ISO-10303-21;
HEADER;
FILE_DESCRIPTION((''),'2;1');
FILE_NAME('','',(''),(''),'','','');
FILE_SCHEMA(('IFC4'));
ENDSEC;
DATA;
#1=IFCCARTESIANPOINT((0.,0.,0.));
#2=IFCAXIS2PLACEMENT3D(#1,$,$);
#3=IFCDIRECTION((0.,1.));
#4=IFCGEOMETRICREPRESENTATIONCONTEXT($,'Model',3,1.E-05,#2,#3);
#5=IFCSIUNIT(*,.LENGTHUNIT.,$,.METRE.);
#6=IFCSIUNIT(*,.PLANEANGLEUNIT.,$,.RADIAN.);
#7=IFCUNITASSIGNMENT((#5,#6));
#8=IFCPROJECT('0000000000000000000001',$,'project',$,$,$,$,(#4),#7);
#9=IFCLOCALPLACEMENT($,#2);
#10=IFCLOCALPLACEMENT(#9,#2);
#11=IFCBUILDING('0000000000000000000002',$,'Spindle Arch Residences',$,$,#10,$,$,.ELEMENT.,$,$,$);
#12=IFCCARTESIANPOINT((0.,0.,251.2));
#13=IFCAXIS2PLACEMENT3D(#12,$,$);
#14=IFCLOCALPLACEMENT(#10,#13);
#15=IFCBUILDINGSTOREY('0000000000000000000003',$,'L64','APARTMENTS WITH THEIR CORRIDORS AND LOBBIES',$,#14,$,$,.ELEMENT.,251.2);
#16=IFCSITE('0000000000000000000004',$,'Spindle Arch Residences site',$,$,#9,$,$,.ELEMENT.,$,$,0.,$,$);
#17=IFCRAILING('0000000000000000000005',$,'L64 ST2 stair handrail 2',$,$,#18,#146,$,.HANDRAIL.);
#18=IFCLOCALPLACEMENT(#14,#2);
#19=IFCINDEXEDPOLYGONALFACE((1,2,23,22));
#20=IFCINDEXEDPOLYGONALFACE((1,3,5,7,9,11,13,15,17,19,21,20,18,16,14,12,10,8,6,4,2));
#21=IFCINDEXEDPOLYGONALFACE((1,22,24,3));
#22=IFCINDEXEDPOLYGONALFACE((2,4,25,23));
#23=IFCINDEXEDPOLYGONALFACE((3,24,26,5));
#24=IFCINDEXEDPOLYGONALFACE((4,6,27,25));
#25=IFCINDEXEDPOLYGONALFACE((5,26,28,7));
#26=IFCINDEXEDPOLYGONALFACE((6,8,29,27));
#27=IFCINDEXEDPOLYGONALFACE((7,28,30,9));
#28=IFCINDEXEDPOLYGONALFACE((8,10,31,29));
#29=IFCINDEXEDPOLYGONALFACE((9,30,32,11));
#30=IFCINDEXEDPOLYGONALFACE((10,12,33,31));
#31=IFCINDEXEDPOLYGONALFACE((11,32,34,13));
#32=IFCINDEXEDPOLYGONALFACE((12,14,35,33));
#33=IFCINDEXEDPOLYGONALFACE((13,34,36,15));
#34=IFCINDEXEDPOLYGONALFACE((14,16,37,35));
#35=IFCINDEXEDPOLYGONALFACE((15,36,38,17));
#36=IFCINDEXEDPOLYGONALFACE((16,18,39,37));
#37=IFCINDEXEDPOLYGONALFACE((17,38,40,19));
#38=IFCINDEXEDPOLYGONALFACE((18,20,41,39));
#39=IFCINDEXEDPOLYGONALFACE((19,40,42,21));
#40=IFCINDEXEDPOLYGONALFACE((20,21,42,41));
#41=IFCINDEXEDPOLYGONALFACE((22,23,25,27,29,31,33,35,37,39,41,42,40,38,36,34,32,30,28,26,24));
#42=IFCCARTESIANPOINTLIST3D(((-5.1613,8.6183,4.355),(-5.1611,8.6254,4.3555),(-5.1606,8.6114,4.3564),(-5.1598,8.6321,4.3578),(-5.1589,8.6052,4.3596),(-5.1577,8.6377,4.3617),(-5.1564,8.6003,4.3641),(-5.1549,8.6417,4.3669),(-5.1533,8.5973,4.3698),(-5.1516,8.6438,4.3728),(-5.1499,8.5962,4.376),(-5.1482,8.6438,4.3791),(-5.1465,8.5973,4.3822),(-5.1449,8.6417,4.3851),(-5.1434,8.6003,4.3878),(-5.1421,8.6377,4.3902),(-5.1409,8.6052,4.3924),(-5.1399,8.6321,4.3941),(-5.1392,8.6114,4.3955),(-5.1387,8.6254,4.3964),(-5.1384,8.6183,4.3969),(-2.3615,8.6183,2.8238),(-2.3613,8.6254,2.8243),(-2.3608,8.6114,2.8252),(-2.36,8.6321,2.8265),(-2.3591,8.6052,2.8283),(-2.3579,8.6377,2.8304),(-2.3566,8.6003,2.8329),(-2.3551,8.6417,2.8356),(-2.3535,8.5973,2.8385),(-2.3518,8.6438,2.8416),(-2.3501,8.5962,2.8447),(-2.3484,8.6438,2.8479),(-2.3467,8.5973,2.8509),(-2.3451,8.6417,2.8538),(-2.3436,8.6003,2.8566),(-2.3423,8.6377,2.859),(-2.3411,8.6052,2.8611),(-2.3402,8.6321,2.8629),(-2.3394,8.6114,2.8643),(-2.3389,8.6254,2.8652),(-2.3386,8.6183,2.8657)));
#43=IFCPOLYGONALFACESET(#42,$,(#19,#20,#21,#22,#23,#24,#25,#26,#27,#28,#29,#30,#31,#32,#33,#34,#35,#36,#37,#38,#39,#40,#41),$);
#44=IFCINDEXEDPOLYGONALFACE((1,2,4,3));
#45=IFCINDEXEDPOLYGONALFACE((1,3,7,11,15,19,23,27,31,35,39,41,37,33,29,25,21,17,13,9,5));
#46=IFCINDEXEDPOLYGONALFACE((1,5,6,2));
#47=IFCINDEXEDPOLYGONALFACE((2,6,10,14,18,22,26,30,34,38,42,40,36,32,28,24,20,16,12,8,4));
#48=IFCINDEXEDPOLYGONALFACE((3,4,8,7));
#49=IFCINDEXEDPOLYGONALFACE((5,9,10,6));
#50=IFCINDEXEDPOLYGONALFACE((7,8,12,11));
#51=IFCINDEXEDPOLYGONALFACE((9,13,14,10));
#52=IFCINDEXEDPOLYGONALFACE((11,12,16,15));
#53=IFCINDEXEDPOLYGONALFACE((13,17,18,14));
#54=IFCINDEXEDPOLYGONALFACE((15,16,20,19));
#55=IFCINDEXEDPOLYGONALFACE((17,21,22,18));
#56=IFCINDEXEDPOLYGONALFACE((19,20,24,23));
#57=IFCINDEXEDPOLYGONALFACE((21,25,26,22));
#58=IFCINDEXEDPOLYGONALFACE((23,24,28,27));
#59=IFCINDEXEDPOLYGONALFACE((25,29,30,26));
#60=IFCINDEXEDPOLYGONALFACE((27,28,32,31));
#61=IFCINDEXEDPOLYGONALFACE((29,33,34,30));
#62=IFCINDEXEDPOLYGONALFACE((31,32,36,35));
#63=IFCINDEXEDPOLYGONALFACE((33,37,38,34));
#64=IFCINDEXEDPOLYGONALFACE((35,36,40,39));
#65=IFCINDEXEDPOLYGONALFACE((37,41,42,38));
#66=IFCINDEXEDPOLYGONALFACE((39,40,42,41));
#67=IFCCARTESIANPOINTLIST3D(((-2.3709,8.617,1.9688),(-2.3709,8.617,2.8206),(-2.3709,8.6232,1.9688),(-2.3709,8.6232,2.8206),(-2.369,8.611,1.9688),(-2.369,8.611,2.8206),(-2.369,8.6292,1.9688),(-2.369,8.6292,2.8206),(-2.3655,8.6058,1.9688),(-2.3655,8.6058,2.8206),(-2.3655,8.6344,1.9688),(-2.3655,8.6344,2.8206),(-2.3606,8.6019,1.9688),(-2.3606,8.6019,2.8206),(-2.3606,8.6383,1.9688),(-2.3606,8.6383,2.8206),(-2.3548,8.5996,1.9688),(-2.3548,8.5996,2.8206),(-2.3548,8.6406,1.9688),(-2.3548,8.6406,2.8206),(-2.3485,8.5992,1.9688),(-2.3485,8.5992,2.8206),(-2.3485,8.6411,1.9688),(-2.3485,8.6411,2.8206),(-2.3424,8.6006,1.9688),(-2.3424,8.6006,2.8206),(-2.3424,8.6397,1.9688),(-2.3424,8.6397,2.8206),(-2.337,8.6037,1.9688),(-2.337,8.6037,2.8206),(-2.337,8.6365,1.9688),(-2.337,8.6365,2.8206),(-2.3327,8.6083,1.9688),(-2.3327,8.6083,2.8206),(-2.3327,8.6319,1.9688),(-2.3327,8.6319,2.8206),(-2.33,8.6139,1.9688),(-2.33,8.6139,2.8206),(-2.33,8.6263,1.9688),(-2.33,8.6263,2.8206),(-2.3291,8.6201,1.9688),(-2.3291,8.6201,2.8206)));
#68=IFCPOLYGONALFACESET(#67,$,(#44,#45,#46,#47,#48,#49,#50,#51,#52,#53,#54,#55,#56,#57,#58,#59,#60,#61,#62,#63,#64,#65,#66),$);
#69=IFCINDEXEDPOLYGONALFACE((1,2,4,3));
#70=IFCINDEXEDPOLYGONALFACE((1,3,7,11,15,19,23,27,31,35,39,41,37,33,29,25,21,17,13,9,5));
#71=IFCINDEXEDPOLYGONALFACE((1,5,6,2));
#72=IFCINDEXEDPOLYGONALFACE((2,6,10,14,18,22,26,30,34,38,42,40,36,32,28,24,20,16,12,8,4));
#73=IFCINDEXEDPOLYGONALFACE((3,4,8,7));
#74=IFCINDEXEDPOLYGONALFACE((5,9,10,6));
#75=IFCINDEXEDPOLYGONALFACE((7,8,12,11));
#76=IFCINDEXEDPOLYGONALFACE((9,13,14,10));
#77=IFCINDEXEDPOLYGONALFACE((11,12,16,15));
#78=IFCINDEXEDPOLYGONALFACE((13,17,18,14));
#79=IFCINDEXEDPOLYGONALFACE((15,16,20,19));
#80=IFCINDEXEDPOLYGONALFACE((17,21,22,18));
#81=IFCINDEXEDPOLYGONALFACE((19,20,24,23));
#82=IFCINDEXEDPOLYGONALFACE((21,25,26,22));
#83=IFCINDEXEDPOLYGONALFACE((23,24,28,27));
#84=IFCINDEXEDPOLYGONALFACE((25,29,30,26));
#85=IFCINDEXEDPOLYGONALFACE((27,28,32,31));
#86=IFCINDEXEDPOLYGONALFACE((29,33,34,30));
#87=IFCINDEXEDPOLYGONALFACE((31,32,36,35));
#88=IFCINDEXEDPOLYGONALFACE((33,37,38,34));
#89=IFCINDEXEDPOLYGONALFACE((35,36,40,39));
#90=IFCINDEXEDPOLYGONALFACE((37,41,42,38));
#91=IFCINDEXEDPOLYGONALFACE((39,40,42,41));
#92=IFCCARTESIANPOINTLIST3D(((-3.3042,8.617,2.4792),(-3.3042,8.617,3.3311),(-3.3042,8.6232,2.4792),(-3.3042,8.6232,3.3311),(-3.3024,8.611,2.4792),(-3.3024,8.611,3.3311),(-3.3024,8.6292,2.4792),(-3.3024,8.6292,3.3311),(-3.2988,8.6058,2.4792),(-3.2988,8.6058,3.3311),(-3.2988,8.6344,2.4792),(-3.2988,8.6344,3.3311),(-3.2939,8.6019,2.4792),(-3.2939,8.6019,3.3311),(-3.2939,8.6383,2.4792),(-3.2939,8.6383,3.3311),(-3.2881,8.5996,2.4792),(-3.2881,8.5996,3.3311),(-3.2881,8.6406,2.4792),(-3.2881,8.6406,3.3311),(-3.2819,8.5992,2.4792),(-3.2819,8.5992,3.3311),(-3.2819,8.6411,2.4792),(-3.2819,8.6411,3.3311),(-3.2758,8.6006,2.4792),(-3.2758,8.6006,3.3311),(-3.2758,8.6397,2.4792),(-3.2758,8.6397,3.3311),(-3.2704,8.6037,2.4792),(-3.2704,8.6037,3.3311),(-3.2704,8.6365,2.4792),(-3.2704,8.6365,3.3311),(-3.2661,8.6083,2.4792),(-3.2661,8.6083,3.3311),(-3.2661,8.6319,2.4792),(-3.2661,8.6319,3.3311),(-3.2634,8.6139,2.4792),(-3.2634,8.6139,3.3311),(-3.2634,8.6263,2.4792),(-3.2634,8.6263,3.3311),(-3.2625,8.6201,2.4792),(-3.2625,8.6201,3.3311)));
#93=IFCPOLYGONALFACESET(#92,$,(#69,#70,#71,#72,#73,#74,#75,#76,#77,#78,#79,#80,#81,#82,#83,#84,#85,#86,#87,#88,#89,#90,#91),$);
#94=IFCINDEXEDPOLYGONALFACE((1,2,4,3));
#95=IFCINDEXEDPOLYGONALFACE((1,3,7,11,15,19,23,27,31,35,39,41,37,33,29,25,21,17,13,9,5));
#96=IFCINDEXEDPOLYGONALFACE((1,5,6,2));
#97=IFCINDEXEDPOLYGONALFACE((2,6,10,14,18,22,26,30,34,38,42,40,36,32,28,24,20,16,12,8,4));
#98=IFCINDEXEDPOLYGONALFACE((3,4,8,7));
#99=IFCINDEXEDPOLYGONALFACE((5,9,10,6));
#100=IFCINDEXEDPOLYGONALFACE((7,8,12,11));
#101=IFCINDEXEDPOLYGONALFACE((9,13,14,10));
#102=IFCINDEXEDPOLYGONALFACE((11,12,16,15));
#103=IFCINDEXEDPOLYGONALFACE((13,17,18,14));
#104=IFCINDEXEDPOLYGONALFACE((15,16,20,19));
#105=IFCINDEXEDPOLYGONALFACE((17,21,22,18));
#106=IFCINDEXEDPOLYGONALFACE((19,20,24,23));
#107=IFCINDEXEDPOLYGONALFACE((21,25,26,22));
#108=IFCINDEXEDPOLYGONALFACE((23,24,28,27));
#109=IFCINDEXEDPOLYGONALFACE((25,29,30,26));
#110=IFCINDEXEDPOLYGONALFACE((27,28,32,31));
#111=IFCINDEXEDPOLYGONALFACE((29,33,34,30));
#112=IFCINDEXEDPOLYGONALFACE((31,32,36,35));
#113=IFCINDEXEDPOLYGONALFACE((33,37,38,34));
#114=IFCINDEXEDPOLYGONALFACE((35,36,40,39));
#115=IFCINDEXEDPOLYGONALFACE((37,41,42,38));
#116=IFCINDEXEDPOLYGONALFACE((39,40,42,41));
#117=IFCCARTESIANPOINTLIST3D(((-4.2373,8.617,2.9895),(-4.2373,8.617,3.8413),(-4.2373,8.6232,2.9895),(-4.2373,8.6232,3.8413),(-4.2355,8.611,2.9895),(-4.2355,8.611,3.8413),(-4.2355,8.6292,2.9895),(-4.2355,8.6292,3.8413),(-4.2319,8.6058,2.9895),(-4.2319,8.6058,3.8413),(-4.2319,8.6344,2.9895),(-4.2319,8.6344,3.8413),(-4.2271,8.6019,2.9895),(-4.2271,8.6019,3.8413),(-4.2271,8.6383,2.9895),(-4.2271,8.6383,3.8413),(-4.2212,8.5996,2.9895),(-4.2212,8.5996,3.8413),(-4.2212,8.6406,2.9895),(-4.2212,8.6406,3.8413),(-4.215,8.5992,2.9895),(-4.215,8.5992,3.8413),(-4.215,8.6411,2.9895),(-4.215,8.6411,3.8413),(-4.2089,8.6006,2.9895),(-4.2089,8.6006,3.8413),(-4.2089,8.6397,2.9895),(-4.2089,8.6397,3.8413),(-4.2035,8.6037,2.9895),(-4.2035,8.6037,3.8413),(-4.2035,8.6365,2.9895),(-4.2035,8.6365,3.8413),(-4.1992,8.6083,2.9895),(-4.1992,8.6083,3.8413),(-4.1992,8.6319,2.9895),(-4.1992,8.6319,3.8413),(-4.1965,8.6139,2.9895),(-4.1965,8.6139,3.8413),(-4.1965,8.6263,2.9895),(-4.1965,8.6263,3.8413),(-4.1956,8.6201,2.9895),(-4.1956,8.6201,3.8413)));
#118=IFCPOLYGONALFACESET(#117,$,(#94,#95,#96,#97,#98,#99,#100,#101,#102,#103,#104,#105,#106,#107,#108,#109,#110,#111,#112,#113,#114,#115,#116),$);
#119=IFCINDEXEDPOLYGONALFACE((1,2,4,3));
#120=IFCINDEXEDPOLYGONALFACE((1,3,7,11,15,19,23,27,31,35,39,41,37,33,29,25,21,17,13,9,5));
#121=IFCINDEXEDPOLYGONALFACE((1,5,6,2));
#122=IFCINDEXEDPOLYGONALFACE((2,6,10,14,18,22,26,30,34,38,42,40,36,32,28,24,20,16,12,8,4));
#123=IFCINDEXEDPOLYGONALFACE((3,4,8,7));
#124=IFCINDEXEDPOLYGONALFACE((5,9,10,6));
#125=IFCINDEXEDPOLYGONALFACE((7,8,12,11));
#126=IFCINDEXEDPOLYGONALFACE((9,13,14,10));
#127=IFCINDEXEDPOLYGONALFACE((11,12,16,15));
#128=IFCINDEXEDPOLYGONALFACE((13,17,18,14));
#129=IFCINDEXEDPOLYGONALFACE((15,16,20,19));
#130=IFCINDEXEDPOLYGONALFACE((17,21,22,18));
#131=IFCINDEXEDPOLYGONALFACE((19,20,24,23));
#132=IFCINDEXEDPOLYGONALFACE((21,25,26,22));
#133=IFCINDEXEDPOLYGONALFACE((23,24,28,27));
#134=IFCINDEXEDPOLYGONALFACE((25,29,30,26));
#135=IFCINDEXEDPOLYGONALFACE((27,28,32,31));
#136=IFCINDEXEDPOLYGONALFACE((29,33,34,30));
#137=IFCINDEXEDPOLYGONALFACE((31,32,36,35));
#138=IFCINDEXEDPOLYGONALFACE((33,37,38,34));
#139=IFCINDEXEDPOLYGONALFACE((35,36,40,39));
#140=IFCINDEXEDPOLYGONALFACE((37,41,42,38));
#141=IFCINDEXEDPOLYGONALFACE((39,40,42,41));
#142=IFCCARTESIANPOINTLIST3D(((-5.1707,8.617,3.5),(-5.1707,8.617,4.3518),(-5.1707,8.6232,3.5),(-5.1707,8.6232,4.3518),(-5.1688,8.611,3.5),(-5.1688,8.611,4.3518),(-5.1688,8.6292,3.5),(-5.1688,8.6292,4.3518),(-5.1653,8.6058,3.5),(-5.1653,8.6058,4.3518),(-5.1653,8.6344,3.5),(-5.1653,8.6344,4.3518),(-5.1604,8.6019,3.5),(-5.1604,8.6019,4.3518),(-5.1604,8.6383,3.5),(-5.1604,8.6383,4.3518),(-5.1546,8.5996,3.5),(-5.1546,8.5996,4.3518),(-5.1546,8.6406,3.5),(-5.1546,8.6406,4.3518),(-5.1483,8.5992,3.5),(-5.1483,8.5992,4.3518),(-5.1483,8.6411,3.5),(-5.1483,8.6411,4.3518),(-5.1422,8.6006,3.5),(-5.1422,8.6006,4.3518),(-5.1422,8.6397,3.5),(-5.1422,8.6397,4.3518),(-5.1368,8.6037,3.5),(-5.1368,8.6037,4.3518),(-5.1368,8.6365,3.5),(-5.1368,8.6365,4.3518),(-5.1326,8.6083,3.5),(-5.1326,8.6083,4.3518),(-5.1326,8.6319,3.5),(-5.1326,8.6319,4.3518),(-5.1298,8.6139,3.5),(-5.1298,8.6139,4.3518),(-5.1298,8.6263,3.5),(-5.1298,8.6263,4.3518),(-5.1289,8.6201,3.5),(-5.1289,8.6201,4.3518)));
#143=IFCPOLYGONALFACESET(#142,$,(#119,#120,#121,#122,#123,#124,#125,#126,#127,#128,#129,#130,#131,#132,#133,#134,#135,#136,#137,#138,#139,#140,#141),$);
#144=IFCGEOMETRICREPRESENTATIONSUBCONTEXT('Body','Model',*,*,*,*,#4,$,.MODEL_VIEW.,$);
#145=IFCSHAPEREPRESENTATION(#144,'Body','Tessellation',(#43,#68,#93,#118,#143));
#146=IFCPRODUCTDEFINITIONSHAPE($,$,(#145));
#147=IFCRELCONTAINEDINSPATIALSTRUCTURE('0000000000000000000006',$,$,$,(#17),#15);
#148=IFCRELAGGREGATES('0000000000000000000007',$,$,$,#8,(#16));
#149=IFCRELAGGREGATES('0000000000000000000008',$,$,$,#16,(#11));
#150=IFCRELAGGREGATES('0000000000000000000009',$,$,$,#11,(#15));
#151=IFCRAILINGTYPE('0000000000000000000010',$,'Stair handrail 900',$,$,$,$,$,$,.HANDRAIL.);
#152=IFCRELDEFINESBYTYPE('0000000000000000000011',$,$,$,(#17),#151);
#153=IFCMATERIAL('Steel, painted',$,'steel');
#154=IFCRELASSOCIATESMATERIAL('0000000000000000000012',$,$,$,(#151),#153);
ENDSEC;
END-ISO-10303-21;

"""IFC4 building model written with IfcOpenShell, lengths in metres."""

from ifc_helpers import new_model, si_unit, direction, frame, origin, origin_2d, place, context, subcontext, project, spatial, circle, extrude, material, type_object, element, save


model = new_model("IFC4")

# Units and contexts
model_context = context("Model", 3, precision=1e-05, world=origin(), true_north=direction((0.0, 1.0)))
body_context = subcontext(model_context, "Body", "Model", "MODEL_VIEW")
ifc_project = project(units=[si_unit("LENGTHUNIT", "METRE"), si_unit("PLANEANGLEUNIT", "RADIAN")], contexts=[model_context])

# Site, building, storey
site_placement = place(None, origin())
site = spatial("IfcSite", under=ifc_project, at=site_placement, Name="Spindle Arch Residences site", CompositionType="ELEMENT", RefElevation=0.0)
building_placement = place(site_placement, origin())
building = spatial("IfcBuilding", under=site, at=building_placement, Name="Spindle Arch Residences", CompositionType="ELEMENT")
storey_placement = place(building_placement, frame((0.0, 0.0, 251.2)))
storey = spatial("IfcBuildingStorey", under=building, at=storey_placement, Name="L64", Description="APARTMENTS WITH THEIR CORRIDORS AND LOBBIES", CompositionType="ELEMENT", Elevation=251.2)

# Railing
ifc_material_1 = material(Name="Steel, painted", Category="steel")
railing_type_1 = type_object("IfcRailingType", Name="Stair handrail 900", PredefinedType="HANDRAIL", material=ifc_material_1)
railing_1_placement = place(storey_placement, frame((-2.3501, 8.6201, 1.9688)))
element("IfcRailing", 1, at=railing_1_placement, inside=storey, type_object=railing_type_1, Name="L64 ST2 stair handrail 2", PredefinedType="HANDRAIL", context=body_context, shape_type="SweptSolid", body=[
    extrude(circle(Radius=0.0239, at=origin_2d()), frame((0.0, 0.0, 0.876), z_axis=(-0.877357, 0.0, 0.479838), x_axis=(0.0, -1.0, 0.0)), (0.0, 0.0, 1.0), 3.1912),
    extrude(circle(Radius=0.021, at=origin_2d()), origin(), (0.0, 0.0, 1.0), 0.8518),
    extrude(circle(Radius=0.021, at=origin_2d()), frame((-0.9333, 0.0, 0.5105)), (0.0, 0.0, 1.0), 0.8518),
    extrude(circle(Radius=0.021, at=origin_2d()), frame((-1.8665, 0.0, 1.0208)), (0.0, 0.0, 1.0), 0.8518),
    extrude(circle(Radius=0.021, at=origin_2d()), frame((-2.7998, 0.0, 1.5312)), (0.0, 0.0, 1.0), 0.8518),
])

save(model, "model.ifc")
